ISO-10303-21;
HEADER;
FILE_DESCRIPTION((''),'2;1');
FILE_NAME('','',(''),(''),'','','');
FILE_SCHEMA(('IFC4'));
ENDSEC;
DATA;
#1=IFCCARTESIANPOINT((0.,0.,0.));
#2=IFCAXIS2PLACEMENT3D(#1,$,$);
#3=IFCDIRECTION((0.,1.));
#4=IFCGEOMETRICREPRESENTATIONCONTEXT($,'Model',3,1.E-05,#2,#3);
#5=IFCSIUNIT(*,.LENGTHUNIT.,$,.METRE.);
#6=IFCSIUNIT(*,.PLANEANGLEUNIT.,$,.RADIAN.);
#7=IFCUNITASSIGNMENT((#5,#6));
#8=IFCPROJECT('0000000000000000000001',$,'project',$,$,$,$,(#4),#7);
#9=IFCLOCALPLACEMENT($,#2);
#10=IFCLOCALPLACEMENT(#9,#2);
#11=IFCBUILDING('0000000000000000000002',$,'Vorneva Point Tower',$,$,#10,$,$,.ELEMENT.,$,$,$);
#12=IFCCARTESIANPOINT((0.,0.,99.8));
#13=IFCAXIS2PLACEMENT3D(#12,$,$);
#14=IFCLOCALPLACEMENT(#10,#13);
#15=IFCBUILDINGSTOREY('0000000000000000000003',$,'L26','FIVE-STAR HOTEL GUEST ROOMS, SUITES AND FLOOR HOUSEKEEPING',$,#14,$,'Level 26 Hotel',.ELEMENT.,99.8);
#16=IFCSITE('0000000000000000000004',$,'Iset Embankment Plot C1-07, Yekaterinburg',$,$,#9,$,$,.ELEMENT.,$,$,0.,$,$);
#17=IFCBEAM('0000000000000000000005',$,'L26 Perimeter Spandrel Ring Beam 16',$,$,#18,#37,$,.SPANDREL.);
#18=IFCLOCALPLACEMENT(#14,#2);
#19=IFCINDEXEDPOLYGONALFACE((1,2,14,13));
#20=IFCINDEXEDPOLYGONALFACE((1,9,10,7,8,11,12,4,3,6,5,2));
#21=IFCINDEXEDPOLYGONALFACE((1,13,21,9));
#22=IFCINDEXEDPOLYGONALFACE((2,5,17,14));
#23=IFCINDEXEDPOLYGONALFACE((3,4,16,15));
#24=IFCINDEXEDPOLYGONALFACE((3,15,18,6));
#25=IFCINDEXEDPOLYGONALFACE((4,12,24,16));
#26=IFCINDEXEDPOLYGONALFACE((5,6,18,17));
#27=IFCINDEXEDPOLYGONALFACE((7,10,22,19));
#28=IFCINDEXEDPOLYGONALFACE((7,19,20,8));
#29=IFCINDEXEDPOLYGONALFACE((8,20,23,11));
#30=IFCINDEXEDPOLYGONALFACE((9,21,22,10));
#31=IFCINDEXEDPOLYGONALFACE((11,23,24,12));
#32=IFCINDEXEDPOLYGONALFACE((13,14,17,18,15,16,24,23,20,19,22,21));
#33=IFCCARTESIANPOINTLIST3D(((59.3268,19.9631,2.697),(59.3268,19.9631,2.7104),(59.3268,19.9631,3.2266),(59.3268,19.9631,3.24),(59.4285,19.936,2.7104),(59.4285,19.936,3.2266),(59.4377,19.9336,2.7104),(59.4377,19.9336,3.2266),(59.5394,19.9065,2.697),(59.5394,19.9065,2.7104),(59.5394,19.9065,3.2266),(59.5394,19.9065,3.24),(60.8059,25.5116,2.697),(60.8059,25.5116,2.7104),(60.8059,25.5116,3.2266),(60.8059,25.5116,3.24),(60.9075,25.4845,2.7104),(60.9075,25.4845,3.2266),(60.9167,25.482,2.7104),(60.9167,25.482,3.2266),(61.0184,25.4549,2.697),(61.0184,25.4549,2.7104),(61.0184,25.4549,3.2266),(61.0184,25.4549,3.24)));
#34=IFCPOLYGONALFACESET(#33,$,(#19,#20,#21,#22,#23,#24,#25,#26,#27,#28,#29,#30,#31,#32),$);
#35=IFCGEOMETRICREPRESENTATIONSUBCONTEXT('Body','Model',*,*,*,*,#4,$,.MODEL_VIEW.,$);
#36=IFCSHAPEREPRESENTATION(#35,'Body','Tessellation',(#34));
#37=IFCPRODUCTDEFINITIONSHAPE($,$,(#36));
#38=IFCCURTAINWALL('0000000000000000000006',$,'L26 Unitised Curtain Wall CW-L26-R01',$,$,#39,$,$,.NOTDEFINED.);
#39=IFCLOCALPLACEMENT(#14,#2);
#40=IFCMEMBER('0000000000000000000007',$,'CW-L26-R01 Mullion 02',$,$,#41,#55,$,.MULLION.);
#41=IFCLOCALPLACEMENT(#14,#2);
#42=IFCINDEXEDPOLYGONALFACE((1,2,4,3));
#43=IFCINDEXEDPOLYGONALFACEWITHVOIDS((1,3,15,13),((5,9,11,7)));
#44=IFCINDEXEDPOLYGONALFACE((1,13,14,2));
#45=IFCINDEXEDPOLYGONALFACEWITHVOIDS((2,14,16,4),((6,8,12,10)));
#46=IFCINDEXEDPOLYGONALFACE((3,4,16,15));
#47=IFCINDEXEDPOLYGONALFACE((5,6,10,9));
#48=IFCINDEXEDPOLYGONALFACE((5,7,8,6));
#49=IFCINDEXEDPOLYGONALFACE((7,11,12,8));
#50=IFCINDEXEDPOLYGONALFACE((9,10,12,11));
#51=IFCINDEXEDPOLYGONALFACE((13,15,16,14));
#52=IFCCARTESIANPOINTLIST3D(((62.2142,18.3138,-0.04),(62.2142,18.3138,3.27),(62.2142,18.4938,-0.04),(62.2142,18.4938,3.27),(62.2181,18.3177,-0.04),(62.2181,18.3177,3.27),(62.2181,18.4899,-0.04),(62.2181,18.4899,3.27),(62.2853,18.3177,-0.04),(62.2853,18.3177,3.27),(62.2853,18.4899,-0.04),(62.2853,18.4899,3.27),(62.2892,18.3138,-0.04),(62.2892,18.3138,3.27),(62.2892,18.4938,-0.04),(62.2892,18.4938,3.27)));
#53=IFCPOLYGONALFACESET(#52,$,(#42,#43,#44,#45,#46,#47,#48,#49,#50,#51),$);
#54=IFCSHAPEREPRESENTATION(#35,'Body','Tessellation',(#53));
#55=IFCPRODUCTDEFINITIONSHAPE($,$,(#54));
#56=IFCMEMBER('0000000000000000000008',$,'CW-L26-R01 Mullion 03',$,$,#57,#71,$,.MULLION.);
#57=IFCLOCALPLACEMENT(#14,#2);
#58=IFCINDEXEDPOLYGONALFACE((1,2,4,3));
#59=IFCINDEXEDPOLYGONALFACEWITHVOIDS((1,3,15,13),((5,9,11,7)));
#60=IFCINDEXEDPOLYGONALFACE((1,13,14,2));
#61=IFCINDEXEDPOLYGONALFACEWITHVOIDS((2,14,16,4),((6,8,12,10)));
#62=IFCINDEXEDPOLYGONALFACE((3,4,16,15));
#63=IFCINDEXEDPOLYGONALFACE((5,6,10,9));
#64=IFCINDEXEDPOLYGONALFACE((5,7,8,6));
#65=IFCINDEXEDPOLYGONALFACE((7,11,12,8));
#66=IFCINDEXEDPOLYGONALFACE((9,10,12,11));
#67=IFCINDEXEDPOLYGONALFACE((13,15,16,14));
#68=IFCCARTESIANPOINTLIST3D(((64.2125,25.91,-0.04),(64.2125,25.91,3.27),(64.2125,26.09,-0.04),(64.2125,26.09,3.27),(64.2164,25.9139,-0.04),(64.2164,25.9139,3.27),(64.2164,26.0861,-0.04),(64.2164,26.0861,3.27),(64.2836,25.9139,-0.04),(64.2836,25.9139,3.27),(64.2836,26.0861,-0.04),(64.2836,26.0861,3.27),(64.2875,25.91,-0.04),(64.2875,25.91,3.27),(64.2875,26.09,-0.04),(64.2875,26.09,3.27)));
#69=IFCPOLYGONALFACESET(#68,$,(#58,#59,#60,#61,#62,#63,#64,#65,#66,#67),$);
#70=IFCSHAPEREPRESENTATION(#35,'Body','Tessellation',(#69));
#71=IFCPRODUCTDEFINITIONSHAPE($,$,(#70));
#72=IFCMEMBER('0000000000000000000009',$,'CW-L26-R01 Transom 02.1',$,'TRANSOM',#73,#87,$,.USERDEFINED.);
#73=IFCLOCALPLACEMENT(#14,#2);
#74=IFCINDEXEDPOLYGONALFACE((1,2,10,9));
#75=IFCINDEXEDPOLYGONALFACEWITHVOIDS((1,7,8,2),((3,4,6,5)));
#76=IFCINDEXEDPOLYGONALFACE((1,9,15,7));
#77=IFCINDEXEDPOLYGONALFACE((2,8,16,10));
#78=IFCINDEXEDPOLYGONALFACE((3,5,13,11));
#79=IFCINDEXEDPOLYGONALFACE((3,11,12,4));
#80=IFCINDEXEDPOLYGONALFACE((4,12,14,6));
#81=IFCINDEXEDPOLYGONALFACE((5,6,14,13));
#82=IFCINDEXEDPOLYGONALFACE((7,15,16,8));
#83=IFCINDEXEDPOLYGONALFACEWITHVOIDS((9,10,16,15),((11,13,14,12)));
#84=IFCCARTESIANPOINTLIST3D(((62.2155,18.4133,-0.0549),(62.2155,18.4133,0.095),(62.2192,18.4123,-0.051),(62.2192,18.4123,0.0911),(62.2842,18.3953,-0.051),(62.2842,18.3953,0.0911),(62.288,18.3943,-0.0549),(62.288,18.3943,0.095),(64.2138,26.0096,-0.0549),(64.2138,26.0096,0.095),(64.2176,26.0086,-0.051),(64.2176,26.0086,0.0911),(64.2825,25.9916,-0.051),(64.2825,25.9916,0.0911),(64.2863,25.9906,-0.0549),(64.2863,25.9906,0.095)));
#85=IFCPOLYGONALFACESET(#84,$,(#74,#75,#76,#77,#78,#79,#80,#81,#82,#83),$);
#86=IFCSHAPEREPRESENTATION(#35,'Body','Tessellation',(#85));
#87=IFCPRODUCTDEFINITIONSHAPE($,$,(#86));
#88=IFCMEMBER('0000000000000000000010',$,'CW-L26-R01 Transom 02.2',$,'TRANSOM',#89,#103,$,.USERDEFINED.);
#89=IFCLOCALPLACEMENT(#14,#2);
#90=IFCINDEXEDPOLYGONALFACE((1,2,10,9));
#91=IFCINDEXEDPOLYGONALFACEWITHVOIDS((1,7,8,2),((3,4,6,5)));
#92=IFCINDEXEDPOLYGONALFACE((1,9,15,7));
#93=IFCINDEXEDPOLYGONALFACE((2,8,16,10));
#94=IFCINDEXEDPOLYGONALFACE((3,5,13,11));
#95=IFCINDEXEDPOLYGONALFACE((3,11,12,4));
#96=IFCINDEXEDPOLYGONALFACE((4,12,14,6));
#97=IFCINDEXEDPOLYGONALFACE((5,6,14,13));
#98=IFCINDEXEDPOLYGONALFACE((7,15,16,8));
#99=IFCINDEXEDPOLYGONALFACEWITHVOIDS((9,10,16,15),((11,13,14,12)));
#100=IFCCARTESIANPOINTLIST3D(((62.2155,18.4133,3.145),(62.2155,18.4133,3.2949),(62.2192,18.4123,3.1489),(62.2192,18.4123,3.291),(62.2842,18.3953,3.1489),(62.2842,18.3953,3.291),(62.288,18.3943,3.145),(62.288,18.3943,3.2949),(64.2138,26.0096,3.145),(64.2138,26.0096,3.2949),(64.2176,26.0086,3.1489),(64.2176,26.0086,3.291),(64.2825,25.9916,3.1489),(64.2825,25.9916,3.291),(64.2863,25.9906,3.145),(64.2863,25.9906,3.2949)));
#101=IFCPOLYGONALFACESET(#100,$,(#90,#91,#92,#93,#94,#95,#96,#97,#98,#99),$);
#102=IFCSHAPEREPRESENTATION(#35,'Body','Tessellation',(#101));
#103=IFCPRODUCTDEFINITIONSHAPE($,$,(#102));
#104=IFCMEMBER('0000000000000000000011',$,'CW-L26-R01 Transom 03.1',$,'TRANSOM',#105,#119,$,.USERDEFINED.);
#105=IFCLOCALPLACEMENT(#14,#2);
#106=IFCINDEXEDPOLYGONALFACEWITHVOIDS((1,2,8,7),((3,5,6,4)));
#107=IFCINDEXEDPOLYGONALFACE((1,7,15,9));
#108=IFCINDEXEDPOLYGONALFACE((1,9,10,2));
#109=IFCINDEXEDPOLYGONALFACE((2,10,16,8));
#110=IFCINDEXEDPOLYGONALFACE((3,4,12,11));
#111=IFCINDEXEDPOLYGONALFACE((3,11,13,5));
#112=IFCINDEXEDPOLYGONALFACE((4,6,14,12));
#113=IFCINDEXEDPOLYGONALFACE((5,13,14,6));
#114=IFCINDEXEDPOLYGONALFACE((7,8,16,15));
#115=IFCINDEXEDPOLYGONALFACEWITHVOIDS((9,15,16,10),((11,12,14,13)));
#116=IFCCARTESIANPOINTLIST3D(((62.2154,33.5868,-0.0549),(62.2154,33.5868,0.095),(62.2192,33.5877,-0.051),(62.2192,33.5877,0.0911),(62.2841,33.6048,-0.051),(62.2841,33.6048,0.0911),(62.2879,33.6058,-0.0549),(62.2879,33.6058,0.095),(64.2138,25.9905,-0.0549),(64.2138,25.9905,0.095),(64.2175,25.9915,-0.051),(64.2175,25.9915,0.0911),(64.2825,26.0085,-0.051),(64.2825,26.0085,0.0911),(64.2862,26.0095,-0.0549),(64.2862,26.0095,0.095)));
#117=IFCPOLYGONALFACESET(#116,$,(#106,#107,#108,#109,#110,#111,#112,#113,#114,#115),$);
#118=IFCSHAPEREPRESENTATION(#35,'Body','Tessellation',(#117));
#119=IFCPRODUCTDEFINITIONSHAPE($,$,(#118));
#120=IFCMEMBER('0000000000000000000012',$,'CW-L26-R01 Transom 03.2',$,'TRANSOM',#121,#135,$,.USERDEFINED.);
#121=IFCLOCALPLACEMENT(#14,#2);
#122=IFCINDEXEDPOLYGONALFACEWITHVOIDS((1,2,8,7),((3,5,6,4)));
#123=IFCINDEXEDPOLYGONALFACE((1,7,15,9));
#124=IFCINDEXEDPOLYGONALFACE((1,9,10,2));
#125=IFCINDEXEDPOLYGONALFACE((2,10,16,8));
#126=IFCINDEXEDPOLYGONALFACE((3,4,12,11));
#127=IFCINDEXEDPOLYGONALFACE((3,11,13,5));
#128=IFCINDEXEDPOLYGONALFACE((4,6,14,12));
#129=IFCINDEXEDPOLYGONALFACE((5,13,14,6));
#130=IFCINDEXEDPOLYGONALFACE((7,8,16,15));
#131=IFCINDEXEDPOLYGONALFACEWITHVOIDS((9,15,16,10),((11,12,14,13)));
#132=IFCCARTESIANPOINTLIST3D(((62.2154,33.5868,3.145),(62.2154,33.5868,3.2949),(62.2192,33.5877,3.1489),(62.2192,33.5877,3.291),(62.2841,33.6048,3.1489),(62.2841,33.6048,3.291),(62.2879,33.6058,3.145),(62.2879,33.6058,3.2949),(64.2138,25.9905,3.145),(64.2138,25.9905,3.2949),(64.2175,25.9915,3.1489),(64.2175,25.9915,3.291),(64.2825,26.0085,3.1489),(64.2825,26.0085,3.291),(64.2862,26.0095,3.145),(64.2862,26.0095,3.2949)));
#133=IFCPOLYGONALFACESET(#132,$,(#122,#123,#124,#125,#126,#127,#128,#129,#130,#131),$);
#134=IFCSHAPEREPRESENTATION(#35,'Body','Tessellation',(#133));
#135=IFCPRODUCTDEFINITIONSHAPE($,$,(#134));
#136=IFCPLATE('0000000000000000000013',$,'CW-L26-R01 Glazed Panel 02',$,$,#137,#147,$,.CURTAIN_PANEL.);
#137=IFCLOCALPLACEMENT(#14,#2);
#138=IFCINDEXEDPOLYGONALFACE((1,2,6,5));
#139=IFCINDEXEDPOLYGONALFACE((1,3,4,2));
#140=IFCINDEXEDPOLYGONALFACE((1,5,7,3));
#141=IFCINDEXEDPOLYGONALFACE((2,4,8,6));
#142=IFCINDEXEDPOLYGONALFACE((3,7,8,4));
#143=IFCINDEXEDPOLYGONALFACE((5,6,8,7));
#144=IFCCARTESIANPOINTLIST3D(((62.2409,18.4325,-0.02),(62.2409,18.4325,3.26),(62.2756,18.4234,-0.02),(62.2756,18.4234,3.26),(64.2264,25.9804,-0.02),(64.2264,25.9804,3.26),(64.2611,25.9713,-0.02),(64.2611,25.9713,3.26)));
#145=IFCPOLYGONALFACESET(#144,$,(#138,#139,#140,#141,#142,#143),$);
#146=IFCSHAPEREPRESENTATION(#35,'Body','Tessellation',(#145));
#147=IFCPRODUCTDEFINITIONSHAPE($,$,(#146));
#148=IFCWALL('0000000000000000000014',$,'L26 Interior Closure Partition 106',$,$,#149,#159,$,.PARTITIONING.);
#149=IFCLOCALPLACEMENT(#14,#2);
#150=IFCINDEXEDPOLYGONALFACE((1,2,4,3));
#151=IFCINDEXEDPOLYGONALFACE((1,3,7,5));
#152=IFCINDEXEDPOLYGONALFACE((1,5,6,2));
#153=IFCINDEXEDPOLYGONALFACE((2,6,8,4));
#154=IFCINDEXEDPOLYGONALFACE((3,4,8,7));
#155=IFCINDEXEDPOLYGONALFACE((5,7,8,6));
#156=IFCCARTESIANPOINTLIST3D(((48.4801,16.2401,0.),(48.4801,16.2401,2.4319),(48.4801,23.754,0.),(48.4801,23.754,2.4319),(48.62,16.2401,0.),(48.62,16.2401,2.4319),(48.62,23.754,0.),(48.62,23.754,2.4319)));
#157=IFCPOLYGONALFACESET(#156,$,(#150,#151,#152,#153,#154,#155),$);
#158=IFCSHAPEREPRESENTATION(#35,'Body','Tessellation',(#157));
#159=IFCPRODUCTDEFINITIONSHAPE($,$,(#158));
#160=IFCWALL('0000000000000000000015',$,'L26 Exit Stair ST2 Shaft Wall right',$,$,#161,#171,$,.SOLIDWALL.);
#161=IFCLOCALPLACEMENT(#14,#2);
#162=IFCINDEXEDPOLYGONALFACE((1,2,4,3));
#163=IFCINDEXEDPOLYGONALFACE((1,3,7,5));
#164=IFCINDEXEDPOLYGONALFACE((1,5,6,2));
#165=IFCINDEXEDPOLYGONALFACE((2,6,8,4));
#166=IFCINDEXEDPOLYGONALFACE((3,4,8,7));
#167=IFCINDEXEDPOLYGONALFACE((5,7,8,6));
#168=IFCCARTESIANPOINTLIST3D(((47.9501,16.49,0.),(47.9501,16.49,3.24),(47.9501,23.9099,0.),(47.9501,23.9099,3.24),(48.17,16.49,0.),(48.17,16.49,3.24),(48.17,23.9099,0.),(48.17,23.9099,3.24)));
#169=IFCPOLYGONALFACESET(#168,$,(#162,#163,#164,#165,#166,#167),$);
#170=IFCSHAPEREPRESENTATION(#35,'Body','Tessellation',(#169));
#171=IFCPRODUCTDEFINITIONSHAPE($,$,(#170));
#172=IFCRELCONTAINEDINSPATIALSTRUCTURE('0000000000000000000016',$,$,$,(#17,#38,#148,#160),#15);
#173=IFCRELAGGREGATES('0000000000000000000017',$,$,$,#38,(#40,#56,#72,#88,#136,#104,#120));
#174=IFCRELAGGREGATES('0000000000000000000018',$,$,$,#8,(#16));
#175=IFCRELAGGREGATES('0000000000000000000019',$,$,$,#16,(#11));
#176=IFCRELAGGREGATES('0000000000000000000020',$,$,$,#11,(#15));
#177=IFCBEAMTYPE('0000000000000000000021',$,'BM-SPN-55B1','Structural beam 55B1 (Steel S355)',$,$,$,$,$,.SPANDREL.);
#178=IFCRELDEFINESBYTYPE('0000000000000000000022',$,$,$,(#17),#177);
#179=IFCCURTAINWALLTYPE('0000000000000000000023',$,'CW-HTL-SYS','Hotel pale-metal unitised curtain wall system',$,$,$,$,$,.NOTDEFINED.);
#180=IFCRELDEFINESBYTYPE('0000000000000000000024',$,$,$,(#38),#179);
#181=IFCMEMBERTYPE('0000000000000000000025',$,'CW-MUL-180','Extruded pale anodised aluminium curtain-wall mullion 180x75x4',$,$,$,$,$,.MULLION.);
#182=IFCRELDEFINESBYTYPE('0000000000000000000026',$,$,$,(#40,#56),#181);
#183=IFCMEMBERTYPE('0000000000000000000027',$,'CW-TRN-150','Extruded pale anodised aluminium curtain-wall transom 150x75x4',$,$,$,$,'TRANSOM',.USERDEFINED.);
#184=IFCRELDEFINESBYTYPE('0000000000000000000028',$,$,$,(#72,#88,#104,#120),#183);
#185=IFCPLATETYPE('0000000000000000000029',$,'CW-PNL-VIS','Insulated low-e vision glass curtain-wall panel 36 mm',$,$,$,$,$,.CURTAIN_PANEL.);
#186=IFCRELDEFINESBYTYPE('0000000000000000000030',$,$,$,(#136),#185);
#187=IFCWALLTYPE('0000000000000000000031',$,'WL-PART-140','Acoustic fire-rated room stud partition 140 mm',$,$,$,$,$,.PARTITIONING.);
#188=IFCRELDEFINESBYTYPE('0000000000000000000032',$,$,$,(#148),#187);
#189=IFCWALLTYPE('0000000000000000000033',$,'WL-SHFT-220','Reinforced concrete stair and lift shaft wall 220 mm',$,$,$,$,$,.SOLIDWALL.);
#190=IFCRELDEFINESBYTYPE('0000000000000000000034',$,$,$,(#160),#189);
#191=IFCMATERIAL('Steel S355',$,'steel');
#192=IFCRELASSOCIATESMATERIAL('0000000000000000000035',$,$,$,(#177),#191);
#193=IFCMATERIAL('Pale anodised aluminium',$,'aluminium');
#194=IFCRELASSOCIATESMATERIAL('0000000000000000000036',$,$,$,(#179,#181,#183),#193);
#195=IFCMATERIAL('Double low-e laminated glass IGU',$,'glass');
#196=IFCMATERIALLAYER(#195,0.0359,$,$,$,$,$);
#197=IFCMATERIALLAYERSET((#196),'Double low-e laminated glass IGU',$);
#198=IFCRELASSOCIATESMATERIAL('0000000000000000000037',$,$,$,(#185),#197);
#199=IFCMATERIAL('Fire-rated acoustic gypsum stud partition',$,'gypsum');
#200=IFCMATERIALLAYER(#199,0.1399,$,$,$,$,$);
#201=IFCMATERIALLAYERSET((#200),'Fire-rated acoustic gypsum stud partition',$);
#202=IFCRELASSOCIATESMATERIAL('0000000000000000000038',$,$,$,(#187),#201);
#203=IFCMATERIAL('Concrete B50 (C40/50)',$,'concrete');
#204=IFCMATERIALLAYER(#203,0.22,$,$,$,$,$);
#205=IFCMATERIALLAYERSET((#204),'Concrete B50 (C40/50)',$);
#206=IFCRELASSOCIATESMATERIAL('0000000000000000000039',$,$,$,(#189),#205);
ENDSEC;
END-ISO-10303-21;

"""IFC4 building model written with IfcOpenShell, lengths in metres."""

from ifc_helpers import new_model, si_unit, direction, frame, frame_2d, origin, origin_2d, place, context, subcontext, project, spatial, rectangle, hollow_rectangle, i_section, extrude, material, layer, layer_set, material_profile, profile_set, type_object, element, aggregate, save


model = new_model("IFC4")

# Units and contexts
model_context = context("Model", 3, precision=1e-05, world=origin(), true_north=direction((0.0, 1.0)))
body_context = subcontext(model_context, "Body", "Model", "MODEL_VIEW")
ifc_project = project(units=[si_unit("LENGTHUNIT", "METRE"), si_unit("PLANEANGLEUNIT", "RADIAN")], contexts=[model_context])

# Site, building, storey
site_placement = place(None, origin())
site = spatial("IfcSite", under=ifc_project, at=site_placement, Name="Iset Embankment Plot C1-07, Yekaterinburg", CompositionType="ELEMENT", RefElevation=0.0)
building_placement = place(site_placement, origin())
building = spatial("IfcBuilding", under=site, at=building_placement, Name="Vorneva Point Tower", CompositionType="ELEMENT")
storey_placement = place(building_placement, frame((0.0, 0.0, 99.8)))
storey = spatial("IfcBuildingStorey", under=building, at=storey_placement, Name="L26", Description="FIVE-STAR HOTEL GUEST ROOMS, SUITES AND FLOOR HOUSEKEEPING", LongName="Level 26 Hotel", CompositionType="ELEMENT", Elevation=99.8)

# Beam
ifc_material_1 = material(Name="Steel S355", Category="steel")
ifc_material_profile_1 = material_profile(ifc_material_1, i_section(OverallWidth=0.22, OverallDepth=0.543, WebThickness=0.0095, FlangeThickness=0.0134, at=origin_2d()), Name="55B1")
ifc_profile_set_1 = profile_set([ifc_material_profile_1], Name="Steel S355")
beam_type_1 = type_object("IfcBeamType", Name="BM-SPN-55B1", Description="Structural beam 55B1 (Steel S355)", PredefinedType="SPANDREL", material=ifc_profile_set_1)
for number, where, z_axis, x_axis, name in (
    (1, (59.4331, 19.9348, 2.9685), (0.257573, 0.966259, 0.0), (-0.966259, 0.257573, 0.0), "L26 Perimeter Spandrel Ring Beam 16"),
):
    element("IfcBeam", number, at=place(storey_placement, frame(where, z_axis=z_axis, x_axis=x_axis)), inside=storey, type_object=beam_type_1, Name=name, PredefinedType="SPANDREL", context=body_context, shape_type="SweptSolid", body=[
        extrude(i_section(OverallWidth=0.22, OverallDepth=0.543, WebThickness=0.0095, FlangeThickness=0.0134, at=origin_2d()), origin(), (0.0, 0.0, 1.0), 5.7422),
    ])

# Curtain wall, members, plate
ifc_material_2 = material(Name="Pale anodised aluminium", Category="aluminium")
curtain_wall_type = type_object("IfcCurtainWallType", Name="CW-HTL-SYS", Description="Hotel pale-metal unitised curtain wall system", PredefinedType="NOTDEFINED", material=ifc_material_2)
curtain_wall_placement = place(storey_placement, origin())
curtain_wall = element("IfcCurtainWall", 2, at=curtain_wall_placement, inside=storey, type_object=curtain_wall_type, Name="L26 Unitised Curtain Wall CW-L26-R01", PredefinedType="NOTDEFINED")
ifc_material_profile_2 = material_profile(ifc_material_2, hollow_rectangle(XDim=0.075, YDim=0.1799, WallThickness=0.0039, at=origin_2d()), Name="AL-MUL 180x75x4")
ifc_profile_set_2 = profile_set([ifc_material_profile_2], Name="Pale anodised aluminium")
member_type_1 = type_object("IfcMemberType", Name="CW-MUL-180", Description="Extruded pale anodised aluminium curtain-wall mullion 180x75x4", PredefinedType="MULLION", material=ifc_profile_set_2)
member_1_placement = place(storey_placement, frame((62.2517, 18.4038, -0.04), z_axis=(0.0, 0.0, 1.0), x_axis=(1.0, 0.0, 0.0)))
member_1 = element("IfcMember", 3, at=member_1_placement, type_object=member_type_1, Name="CW-L26-R01 Mullion 02", PredefinedType="MULLION", context=body_context, shape_type="SweptSolid", body=[
    extrude(hollow_rectangle(XDim=0.075, YDim=0.1799, WallThickness=0.0039, at=origin_2d()), origin(), (0.0, 0.0, 1.0), 3.3101),
])
member_2_placement = place(storey_placement, frame((64.25, 26.0, -0.04), z_axis=(0.0, 0.0, 1.0), x_axis=(1.0, 0.0, 0.0)))
member_2 = element("IfcMember", 4, at=member_2_placement, type_object=member_type_1, Name="CW-L26-R01 Mullion 03", PredefinedType="MULLION", context=body_context, shape_type="SweptSolid", body=[
    extrude(hollow_rectangle(XDim=0.075, YDim=0.1799, WallThickness=0.0039, at=origin_2d()), origin(), (0.0, 0.0, 1.0), 3.3101),
])
ifc_material_profile_3 = material_profile(ifc_material_2, hollow_rectangle(XDim=0.075, YDim=0.1499, WallThickness=0.0039, at=origin_2d()), Name="AL-TRN 150x75x4")
ifc_profile_set_3 = profile_set([ifc_material_profile_3], Name="Pale anodised aluminium")
member_type_2 = type_object("IfcMemberType", Name="CW-TRN-150", Description="Extruded pale anodised aluminium curtain-wall transom 150x75x4", ElementType="TRANSOM", PredefinedType="USERDEFINED", material=ifc_profile_set_3)
member_3_placement = place(storey_placement, frame((62.2517, 18.4038, 0.02), z_axis=(0.254409, 0.967097, 0.0), x_axis=(-0.967097, 0.254409, 0.0)))
member_3 = element("IfcMember", 5, at=member_3_placement, type_object=member_type_2, Name="CW-L26-R01 Transom 02.1", ObjectType="TRANSOM", PredefinedType="USERDEFINED", context=body_context, shape_type="SweptSolid", body=[
    extrude(hollow_rectangle(XDim=0.075, YDim=0.1499, WallThickness=0.0039, at=origin_2d()), origin(), (0.0, 0.0, 1.0), 7.8547),
])
member_4_placement = place(storey_placement, frame((62.2517, 18.4038, 3.22), z_axis=(0.254409, 0.967097, 0.0), x_axis=(-0.967097, 0.254409, 0.0)))
member_4 = element("IfcMember", 6, at=member_4_placement, type_object=member_type_2, Name="CW-L26-R01 Transom 02.2", ObjectType="TRANSOM", PredefinedType="USERDEFINED", context=body_context, shape_type="SweptSolid", body=[
    extrude(hollow_rectangle(XDim=0.075, YDim=0.1499, WallThickness=0.0039, at=origin_2d()), origin(), (0.0, 0.0, 1.0), 7.8547),
])
member_5_placement = place(storey_placement, frame((64.25, 26.0, 0.02), z_axis=(-0.254409, 0.967097, 0.0), x_axis=(-0.967097, -0.254409, 0.0)))
member_5 = element("IfcMember", 7, at=member_5_placement, type_object=member_type_2, Name="CW-L26-R01 Transom 03.1", ObjectType="TRANSOM", PredefinedType="USERDEFINED", context=body_context, shape_type="SweptSolid", body=[
    extrude(hollow_rectangle(XDim=0.075, YDim=0.1499, WallThickness=0.0039, at=origin_2d()), origin(), (0.0, 0.0, 1.0), 7.8547),
])
member_6_placement = place(storey_placement, frame((64.25, 26.0, 3.22), z_axis=(-0.254409, 0.967097, 0.0), x_axis=(-0.967097, -0.254409, 0.0)))
member_6 = element("IfcMember", 8, at=member_6_placement, type_object=member_type_2, Name="CW-L26-R01 Transom 03.2", ObjectType="TRANSOM", PredefinedType="USERDEFINED", context=body_context, shape_type="SweptSolid", body=[
    extrude(hollow_rectangle(XDim=0.075, YDim=0.1499, WallThickness=0.0039, at=origin_2d()), origin(), (0.0, 0.0, 1.0), 7.8547),
])
ifc_material_3 = material(Name="Double low-e laminated glass IGU", Category="glass")
ifc_layer_1 = layer(ifc_material_3, 0.0359)
ifc_layer_set_1 = layer_set([ifc_layer_1], Name="Double low-e laminated glass IGU")
plate_type = type_object("IfcPlateType", Name="CW-PNL-VIS", Description="Insulated low-e vision glass curtain-wall panel 36 mm", PredefinedType="CURTAIN_PANEL", material=ifc_layer_set_1)
plate_placement = place(storey_placement, frame((63.251, 22.2019, -0.02), z_axis=(0.0, 0.0, 1.0), x_axis=(0.254399, 0.967099, 0.0)))
plate = element("IfcPlate", 9, at=plate_placement, type_object=plate_type, Name="CW-L26-R01 Glazed Panel 02", PredefinedType="CURTAIN_PANEL", context=body_context, shape_type="SweptSolid", body=[
    extrude(rectangle(XDim=7.8047, YDim=0.0359, at=origin_2d()), origin(), (0.0, 0.0, 1.0), 3.28),
])
aggregate(curtain_wall, [member_1, member_2, member_3, member_4, plate, member_5, member_6])

# Wall
ifc_material_4 = material(Name="Fire-rated acoustic gypsum stud partition", Category="gypsum")
ifc_layer_2 = layer(ifc_material_4, 0.1399)
ifc_layer_set_2 = layer_set([ifc_layer_2], Name="Fire-rated acoustic gypsum stud partition")
wall_type_1 = type_object("IfcWallType", Name="WL-PART-140", Description="Acoustic fire-rated room stud partition 140 mm", PredefinedType="PARTITIONING", material=ifc_layer_set_2)
wall_1_placement = place(storey_placement, frame((48.55, 23.7539, 0.0), z_axis=(0.0, 0.0, 1.0), x_axis=(0.0, -1.0, 0.0)))
element("IfcWall", 10, at=wall_1_placement, inside=storey, type_object=wall_type_1, Name="L26 Interior Closure Partition 106", PredefinedType="PARTITIONING", context=body_context, shape_type="SweptSolid", body=[
    extrude(rectangle(XDim=7.5139, YDim=0.1399, at=frame_2d((3.7568, 0.0))), origin(), (0.0, 0.0, 1.0), 2.4319),
])

# Wall
ifc_material_5 = material(Name="Concrete B50 (C40/50)", Category="concrete")
ifc_layer_3 = layer(ifc_material_5, 0.22)
ifc_layer_set_3 = layer_set([ifc_layer_3], Name="Concrete B50 (C40/50)")
wall_type_2 = type_object("IfcWallType", Name="WL-SHFT-220", Description="Reinforced concrete stair and lift shaft wall 220 mm", PredefinedType="SOLIDWALL", material=ifc_layer_set_3)
wall_2_placement = place(storey_placement, frame((48.0601, 23.9099, 0.0), z_axis=(0.0, 0.0, 1.0), x_axis=(0.0, -1.0, 0.0)))
element("IfcWall", 11, at=wall_2_placement, inside=storey, type_object=wall_type_2, Name="L26 Exit Stair ST2 Shaft Wall right", PredefinedType="SOLIDWALL", context=body_context, shape_type="SweptSolid", body=[
    extrude(rectangle(XDim=7.4199, YDim=0.22, at=frame_2d((3.71, 0.0))), origin(), (0.0, 0.0, 1.0), 3.24),
])

save(model, "model.ifc")
